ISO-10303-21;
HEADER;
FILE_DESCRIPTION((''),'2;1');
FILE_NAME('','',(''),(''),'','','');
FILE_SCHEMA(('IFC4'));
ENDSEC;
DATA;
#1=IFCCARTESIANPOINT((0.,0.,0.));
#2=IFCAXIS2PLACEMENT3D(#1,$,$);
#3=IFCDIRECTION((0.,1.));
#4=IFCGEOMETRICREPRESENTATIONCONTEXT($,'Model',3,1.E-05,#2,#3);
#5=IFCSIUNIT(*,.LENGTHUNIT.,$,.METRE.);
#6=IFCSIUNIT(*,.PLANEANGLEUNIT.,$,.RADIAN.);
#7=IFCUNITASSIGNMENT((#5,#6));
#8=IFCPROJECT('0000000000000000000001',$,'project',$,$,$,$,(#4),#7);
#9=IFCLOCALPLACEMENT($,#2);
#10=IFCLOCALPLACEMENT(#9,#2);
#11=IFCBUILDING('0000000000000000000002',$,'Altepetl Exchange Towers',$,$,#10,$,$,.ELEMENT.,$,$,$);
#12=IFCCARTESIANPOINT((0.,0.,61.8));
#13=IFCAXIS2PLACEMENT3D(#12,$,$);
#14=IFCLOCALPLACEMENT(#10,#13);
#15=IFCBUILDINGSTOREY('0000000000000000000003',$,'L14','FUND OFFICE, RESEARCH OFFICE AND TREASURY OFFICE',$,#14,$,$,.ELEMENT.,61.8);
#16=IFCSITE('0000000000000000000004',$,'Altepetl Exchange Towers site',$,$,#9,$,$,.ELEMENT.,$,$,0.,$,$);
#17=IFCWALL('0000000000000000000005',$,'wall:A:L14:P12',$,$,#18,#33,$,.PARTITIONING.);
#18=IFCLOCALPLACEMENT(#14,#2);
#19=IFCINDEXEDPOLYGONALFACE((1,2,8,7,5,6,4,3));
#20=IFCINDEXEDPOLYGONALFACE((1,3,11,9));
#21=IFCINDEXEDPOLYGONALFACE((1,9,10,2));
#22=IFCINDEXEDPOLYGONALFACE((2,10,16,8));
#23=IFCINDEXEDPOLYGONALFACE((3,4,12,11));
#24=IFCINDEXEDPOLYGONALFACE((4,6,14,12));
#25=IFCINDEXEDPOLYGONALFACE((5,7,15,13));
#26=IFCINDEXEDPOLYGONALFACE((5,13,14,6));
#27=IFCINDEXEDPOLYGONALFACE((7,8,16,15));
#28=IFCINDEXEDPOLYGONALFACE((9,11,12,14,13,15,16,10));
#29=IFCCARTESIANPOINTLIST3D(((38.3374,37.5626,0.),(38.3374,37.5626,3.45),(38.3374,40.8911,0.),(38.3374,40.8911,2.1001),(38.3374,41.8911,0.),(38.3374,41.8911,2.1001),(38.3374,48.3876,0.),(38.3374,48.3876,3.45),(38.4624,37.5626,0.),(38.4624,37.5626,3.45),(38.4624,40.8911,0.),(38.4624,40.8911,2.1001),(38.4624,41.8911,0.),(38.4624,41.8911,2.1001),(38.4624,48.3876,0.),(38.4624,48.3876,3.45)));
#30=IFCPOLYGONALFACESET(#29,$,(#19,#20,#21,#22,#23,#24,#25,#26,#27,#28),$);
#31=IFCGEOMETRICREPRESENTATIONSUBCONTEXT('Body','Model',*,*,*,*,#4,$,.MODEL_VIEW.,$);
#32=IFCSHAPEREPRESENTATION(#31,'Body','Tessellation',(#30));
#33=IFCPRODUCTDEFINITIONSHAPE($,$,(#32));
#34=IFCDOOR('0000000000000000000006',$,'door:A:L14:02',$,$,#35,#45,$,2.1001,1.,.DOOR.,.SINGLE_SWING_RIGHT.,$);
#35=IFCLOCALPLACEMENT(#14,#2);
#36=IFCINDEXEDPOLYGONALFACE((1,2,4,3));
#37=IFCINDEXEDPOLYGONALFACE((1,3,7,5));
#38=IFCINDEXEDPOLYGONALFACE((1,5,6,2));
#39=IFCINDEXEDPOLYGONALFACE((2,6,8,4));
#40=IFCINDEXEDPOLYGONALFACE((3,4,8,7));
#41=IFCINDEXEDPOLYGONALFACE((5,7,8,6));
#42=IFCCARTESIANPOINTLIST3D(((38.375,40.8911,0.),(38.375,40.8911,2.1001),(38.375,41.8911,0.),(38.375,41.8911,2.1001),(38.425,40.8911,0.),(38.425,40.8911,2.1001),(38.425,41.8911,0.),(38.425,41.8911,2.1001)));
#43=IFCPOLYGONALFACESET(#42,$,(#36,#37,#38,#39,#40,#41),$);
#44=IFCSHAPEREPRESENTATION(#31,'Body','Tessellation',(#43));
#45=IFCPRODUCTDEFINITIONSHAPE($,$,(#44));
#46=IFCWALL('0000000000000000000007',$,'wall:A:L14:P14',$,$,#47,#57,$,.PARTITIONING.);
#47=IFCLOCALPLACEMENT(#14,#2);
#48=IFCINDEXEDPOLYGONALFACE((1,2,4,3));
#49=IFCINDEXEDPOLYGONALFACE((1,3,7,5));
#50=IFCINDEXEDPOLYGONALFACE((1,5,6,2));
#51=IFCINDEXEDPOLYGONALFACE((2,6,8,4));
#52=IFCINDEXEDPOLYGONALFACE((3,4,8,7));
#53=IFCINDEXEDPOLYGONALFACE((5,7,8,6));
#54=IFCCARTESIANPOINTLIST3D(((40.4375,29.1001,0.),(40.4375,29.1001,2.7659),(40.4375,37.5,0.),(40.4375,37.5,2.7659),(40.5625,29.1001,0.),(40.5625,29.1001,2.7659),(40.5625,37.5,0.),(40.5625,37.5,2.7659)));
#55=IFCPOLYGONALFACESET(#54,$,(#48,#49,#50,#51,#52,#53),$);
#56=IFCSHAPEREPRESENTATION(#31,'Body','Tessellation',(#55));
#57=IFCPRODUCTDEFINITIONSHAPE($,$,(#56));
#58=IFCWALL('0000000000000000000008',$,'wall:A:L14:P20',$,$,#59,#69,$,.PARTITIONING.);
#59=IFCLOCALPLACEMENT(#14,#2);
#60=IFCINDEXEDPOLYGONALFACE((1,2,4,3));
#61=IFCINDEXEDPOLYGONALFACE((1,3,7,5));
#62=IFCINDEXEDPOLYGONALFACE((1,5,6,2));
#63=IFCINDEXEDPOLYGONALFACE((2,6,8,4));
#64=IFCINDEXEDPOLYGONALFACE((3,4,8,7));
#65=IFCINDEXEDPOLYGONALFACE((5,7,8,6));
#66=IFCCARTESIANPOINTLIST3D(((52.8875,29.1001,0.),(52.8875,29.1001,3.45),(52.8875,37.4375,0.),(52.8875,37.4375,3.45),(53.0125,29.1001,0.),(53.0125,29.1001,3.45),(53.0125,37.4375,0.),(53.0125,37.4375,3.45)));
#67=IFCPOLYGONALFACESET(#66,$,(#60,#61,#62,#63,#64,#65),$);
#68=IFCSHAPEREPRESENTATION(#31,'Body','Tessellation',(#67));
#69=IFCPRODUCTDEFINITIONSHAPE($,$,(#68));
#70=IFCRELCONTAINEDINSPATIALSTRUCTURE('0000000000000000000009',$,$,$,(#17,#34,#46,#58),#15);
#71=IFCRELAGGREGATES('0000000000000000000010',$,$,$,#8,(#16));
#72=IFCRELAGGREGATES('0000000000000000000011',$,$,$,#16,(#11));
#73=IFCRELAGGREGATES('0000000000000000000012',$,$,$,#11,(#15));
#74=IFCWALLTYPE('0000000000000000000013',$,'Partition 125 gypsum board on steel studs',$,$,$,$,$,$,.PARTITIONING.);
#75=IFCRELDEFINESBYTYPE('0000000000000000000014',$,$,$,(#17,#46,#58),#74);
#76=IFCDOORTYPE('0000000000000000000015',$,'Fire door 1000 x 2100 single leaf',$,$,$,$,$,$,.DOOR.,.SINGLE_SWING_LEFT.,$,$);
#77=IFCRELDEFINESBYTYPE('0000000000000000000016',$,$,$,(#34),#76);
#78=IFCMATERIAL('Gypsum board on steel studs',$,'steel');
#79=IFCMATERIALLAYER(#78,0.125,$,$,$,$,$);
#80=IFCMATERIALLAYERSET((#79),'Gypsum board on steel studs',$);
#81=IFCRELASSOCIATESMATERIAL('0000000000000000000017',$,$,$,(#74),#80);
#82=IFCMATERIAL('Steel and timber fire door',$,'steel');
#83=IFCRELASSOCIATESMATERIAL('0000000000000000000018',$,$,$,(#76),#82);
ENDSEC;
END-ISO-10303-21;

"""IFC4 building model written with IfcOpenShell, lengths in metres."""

from ifc_helpers import new_model, si_unit, direction, frame, frame_2d, origin, place, context, subcontext, project, spatial, rectangle, extrude, material, layer, layer_set, type_object, element, fill, save


model = new_model("IFC4")

# Units and contexts
model_context = context("Model", 3, precision=1e-05, world=origin(), true_north=direction((0.0, 1.0)))
body_context = subcontext(model_context, "Body", "Model", "MODEL_VIEW")
ifc_project = project(units=[si_unit("LENGTHUNIT", "METRE"), si_unit("PLANEANGLEUNIT", "RADIAN")], contexts=[model_context])

# Site, building, storey
site_placement = place(None, origin())
site = spatial("IfcSite", under=ifc_project, at=site_placement, Name="Altepetl Exchange Towers site", CompositionType="ELEMENT", RefElevation=0.0)
building_placement = place(site_placement, origin())
building = spatial("IfcBuilding", under=site, at=building_placement, Name="Altepetl Exchange Towers", CompositionType="ELEMENT")
storey_placement = place(building_placement, frame((0.0, 0.0, 61.8)))
storey = spatial("IfcBuildingStorey", under=building, at=storey_placement, Name="L14", Description="FUND OFFICE, RESEARCH OFFICE AND TREASURY OFFICE", CompositionType="ELEMENT", Elevation=61.8)

# Shared definitions
ifc_material_1 = material(Name="Steel and timber fire door", Category="steel")

# Wall, opening, door
ifc_material_2 = material(Name="Gypsum board on steel studs", Category="steel")
ifc_layer_1 = layer(ifc_material_2, 0.125)
ifc_layer_set_1 = layer_set([ifc_layer_1], Name="Gypsum board on steel studs")
wall_type_1 = type_object("IfcWallType", Name="Partition 125 gypsum board on steel studs", PredefinedType="PARTITIONING", material=ifc_layer_set_1)
wall_1_placement = place(storey_placement, frame((38.3999, 37.5625, 0.0), z_axis=(0.0, 0.0, 1.0), x_axis=(0.0, 1.0, 0.0)))
wall_1 = element("IfcWall", 1, at=wall_1_placement, inside=storey, type_object=wall_type_1, Name="wall:A:L14:P12", PredefinedType="PARTITIONING", context=body_context, shape_type="SweptSolid", body=[
    extrude(rectangle(XDim=10.825, YDim=0.125, at=frame_2d((5.4126, 0.0))), origin(), (0.0, 0.0, 1.0), 3.45),
])
opening_1_placement = place(wall_1_placement, frame((3.3286, 0.0, 0.0)))
opening_1 = element("IfcOpeningElement", 2, at=opening_1_placement, cuts=wall_1, PredefinedType="OPENING", context=body_context, shape_type="SweptSolid", body=[
    extrude(rectangle(XDim=1.0, YDim=2.1001, at=frame_2d((0.5, 1.05))), frame((0.0, 0.0725, 0.0), z_axis=(0.0, -1.0, 0.0), x_axis=(1.0, 0.0, 0.0)), (0.0, 0.0, 1.0), 0.145),
])
door_type_1 = type_object("IfcDoorType", Name="Fire door 1000 x 2100 single leaf", OperationType="SINGLE_SWING_LEFT", PredefinedType="DOOR", material=ifc_material_1)
door_1_placement = place(opening_1_placement, origin())
door_1 = element("IfcDoor", 3, at=door_1_placement, inside=storey, type_object=door_type_1, Name="door:A:L14:02", OperationType="SINGLE_SWING_RIGHT", OverallHeight=2.1001, OverallWidth=1.0, PredefinedType="DOOR", context=body_context, shape_type="SweptSolid", body=[
    extrude(rectangle(XDim=1.0, YDim=2.1001, at=frame_2d((0.5, 1.05))), frame((0.0, 0.0249, 0.0), z_axis=(0.0, -1.0, 0.0), x_axis=(1.0, 0.0, 0.0)), (0.0, 0.0, 1.0), 0.05),
])
fill(opening_1, door_1)

# Walls
wall_2_placement = place(storey_placement, frame((40.5, 29.1001, 0.0), z_axis=(0.0, 0.0, 1.0), x_axis=(0.0, 1.0, 0.0)))
element("IfcWall", 4, at=wall_2_placement, inside=storey, type_object=wall_type_1, Name="wall:A:L14:P14", PredefinedType="PARTITIONING", context=body_context, shape_type="SweptSolid", body=[
    extrude(rectangle(XDim=8.3999, YDim=0.125, at=frame_2d((4.2, 0.0))), origin(), (0.0, 0.0, 1.0), 2.7659),
])
wall_3_placement = place(storey_placement, frame((52.95, 29.1001, 0.0), z_axis=(0.0, 0.0, 1.0), x_axis=(0.0, 1.0, 0.0)))
element("IfcWall", 5, at=wall_3_placement, inside=storey, type_object=wall_type_1, Name="wall:A:L14:P20", PredefinedType="PARTITIONING", context=body_context, shape_type="SweptSolid", body=[
    extrude(rectangle(XDim=8.3374, YDim=0.125, at=frame_2d((4.1687, 0.0))), origin(), (0.0, 0.0, 1.0), 3.45),
])

save(model, "model.ifc")
